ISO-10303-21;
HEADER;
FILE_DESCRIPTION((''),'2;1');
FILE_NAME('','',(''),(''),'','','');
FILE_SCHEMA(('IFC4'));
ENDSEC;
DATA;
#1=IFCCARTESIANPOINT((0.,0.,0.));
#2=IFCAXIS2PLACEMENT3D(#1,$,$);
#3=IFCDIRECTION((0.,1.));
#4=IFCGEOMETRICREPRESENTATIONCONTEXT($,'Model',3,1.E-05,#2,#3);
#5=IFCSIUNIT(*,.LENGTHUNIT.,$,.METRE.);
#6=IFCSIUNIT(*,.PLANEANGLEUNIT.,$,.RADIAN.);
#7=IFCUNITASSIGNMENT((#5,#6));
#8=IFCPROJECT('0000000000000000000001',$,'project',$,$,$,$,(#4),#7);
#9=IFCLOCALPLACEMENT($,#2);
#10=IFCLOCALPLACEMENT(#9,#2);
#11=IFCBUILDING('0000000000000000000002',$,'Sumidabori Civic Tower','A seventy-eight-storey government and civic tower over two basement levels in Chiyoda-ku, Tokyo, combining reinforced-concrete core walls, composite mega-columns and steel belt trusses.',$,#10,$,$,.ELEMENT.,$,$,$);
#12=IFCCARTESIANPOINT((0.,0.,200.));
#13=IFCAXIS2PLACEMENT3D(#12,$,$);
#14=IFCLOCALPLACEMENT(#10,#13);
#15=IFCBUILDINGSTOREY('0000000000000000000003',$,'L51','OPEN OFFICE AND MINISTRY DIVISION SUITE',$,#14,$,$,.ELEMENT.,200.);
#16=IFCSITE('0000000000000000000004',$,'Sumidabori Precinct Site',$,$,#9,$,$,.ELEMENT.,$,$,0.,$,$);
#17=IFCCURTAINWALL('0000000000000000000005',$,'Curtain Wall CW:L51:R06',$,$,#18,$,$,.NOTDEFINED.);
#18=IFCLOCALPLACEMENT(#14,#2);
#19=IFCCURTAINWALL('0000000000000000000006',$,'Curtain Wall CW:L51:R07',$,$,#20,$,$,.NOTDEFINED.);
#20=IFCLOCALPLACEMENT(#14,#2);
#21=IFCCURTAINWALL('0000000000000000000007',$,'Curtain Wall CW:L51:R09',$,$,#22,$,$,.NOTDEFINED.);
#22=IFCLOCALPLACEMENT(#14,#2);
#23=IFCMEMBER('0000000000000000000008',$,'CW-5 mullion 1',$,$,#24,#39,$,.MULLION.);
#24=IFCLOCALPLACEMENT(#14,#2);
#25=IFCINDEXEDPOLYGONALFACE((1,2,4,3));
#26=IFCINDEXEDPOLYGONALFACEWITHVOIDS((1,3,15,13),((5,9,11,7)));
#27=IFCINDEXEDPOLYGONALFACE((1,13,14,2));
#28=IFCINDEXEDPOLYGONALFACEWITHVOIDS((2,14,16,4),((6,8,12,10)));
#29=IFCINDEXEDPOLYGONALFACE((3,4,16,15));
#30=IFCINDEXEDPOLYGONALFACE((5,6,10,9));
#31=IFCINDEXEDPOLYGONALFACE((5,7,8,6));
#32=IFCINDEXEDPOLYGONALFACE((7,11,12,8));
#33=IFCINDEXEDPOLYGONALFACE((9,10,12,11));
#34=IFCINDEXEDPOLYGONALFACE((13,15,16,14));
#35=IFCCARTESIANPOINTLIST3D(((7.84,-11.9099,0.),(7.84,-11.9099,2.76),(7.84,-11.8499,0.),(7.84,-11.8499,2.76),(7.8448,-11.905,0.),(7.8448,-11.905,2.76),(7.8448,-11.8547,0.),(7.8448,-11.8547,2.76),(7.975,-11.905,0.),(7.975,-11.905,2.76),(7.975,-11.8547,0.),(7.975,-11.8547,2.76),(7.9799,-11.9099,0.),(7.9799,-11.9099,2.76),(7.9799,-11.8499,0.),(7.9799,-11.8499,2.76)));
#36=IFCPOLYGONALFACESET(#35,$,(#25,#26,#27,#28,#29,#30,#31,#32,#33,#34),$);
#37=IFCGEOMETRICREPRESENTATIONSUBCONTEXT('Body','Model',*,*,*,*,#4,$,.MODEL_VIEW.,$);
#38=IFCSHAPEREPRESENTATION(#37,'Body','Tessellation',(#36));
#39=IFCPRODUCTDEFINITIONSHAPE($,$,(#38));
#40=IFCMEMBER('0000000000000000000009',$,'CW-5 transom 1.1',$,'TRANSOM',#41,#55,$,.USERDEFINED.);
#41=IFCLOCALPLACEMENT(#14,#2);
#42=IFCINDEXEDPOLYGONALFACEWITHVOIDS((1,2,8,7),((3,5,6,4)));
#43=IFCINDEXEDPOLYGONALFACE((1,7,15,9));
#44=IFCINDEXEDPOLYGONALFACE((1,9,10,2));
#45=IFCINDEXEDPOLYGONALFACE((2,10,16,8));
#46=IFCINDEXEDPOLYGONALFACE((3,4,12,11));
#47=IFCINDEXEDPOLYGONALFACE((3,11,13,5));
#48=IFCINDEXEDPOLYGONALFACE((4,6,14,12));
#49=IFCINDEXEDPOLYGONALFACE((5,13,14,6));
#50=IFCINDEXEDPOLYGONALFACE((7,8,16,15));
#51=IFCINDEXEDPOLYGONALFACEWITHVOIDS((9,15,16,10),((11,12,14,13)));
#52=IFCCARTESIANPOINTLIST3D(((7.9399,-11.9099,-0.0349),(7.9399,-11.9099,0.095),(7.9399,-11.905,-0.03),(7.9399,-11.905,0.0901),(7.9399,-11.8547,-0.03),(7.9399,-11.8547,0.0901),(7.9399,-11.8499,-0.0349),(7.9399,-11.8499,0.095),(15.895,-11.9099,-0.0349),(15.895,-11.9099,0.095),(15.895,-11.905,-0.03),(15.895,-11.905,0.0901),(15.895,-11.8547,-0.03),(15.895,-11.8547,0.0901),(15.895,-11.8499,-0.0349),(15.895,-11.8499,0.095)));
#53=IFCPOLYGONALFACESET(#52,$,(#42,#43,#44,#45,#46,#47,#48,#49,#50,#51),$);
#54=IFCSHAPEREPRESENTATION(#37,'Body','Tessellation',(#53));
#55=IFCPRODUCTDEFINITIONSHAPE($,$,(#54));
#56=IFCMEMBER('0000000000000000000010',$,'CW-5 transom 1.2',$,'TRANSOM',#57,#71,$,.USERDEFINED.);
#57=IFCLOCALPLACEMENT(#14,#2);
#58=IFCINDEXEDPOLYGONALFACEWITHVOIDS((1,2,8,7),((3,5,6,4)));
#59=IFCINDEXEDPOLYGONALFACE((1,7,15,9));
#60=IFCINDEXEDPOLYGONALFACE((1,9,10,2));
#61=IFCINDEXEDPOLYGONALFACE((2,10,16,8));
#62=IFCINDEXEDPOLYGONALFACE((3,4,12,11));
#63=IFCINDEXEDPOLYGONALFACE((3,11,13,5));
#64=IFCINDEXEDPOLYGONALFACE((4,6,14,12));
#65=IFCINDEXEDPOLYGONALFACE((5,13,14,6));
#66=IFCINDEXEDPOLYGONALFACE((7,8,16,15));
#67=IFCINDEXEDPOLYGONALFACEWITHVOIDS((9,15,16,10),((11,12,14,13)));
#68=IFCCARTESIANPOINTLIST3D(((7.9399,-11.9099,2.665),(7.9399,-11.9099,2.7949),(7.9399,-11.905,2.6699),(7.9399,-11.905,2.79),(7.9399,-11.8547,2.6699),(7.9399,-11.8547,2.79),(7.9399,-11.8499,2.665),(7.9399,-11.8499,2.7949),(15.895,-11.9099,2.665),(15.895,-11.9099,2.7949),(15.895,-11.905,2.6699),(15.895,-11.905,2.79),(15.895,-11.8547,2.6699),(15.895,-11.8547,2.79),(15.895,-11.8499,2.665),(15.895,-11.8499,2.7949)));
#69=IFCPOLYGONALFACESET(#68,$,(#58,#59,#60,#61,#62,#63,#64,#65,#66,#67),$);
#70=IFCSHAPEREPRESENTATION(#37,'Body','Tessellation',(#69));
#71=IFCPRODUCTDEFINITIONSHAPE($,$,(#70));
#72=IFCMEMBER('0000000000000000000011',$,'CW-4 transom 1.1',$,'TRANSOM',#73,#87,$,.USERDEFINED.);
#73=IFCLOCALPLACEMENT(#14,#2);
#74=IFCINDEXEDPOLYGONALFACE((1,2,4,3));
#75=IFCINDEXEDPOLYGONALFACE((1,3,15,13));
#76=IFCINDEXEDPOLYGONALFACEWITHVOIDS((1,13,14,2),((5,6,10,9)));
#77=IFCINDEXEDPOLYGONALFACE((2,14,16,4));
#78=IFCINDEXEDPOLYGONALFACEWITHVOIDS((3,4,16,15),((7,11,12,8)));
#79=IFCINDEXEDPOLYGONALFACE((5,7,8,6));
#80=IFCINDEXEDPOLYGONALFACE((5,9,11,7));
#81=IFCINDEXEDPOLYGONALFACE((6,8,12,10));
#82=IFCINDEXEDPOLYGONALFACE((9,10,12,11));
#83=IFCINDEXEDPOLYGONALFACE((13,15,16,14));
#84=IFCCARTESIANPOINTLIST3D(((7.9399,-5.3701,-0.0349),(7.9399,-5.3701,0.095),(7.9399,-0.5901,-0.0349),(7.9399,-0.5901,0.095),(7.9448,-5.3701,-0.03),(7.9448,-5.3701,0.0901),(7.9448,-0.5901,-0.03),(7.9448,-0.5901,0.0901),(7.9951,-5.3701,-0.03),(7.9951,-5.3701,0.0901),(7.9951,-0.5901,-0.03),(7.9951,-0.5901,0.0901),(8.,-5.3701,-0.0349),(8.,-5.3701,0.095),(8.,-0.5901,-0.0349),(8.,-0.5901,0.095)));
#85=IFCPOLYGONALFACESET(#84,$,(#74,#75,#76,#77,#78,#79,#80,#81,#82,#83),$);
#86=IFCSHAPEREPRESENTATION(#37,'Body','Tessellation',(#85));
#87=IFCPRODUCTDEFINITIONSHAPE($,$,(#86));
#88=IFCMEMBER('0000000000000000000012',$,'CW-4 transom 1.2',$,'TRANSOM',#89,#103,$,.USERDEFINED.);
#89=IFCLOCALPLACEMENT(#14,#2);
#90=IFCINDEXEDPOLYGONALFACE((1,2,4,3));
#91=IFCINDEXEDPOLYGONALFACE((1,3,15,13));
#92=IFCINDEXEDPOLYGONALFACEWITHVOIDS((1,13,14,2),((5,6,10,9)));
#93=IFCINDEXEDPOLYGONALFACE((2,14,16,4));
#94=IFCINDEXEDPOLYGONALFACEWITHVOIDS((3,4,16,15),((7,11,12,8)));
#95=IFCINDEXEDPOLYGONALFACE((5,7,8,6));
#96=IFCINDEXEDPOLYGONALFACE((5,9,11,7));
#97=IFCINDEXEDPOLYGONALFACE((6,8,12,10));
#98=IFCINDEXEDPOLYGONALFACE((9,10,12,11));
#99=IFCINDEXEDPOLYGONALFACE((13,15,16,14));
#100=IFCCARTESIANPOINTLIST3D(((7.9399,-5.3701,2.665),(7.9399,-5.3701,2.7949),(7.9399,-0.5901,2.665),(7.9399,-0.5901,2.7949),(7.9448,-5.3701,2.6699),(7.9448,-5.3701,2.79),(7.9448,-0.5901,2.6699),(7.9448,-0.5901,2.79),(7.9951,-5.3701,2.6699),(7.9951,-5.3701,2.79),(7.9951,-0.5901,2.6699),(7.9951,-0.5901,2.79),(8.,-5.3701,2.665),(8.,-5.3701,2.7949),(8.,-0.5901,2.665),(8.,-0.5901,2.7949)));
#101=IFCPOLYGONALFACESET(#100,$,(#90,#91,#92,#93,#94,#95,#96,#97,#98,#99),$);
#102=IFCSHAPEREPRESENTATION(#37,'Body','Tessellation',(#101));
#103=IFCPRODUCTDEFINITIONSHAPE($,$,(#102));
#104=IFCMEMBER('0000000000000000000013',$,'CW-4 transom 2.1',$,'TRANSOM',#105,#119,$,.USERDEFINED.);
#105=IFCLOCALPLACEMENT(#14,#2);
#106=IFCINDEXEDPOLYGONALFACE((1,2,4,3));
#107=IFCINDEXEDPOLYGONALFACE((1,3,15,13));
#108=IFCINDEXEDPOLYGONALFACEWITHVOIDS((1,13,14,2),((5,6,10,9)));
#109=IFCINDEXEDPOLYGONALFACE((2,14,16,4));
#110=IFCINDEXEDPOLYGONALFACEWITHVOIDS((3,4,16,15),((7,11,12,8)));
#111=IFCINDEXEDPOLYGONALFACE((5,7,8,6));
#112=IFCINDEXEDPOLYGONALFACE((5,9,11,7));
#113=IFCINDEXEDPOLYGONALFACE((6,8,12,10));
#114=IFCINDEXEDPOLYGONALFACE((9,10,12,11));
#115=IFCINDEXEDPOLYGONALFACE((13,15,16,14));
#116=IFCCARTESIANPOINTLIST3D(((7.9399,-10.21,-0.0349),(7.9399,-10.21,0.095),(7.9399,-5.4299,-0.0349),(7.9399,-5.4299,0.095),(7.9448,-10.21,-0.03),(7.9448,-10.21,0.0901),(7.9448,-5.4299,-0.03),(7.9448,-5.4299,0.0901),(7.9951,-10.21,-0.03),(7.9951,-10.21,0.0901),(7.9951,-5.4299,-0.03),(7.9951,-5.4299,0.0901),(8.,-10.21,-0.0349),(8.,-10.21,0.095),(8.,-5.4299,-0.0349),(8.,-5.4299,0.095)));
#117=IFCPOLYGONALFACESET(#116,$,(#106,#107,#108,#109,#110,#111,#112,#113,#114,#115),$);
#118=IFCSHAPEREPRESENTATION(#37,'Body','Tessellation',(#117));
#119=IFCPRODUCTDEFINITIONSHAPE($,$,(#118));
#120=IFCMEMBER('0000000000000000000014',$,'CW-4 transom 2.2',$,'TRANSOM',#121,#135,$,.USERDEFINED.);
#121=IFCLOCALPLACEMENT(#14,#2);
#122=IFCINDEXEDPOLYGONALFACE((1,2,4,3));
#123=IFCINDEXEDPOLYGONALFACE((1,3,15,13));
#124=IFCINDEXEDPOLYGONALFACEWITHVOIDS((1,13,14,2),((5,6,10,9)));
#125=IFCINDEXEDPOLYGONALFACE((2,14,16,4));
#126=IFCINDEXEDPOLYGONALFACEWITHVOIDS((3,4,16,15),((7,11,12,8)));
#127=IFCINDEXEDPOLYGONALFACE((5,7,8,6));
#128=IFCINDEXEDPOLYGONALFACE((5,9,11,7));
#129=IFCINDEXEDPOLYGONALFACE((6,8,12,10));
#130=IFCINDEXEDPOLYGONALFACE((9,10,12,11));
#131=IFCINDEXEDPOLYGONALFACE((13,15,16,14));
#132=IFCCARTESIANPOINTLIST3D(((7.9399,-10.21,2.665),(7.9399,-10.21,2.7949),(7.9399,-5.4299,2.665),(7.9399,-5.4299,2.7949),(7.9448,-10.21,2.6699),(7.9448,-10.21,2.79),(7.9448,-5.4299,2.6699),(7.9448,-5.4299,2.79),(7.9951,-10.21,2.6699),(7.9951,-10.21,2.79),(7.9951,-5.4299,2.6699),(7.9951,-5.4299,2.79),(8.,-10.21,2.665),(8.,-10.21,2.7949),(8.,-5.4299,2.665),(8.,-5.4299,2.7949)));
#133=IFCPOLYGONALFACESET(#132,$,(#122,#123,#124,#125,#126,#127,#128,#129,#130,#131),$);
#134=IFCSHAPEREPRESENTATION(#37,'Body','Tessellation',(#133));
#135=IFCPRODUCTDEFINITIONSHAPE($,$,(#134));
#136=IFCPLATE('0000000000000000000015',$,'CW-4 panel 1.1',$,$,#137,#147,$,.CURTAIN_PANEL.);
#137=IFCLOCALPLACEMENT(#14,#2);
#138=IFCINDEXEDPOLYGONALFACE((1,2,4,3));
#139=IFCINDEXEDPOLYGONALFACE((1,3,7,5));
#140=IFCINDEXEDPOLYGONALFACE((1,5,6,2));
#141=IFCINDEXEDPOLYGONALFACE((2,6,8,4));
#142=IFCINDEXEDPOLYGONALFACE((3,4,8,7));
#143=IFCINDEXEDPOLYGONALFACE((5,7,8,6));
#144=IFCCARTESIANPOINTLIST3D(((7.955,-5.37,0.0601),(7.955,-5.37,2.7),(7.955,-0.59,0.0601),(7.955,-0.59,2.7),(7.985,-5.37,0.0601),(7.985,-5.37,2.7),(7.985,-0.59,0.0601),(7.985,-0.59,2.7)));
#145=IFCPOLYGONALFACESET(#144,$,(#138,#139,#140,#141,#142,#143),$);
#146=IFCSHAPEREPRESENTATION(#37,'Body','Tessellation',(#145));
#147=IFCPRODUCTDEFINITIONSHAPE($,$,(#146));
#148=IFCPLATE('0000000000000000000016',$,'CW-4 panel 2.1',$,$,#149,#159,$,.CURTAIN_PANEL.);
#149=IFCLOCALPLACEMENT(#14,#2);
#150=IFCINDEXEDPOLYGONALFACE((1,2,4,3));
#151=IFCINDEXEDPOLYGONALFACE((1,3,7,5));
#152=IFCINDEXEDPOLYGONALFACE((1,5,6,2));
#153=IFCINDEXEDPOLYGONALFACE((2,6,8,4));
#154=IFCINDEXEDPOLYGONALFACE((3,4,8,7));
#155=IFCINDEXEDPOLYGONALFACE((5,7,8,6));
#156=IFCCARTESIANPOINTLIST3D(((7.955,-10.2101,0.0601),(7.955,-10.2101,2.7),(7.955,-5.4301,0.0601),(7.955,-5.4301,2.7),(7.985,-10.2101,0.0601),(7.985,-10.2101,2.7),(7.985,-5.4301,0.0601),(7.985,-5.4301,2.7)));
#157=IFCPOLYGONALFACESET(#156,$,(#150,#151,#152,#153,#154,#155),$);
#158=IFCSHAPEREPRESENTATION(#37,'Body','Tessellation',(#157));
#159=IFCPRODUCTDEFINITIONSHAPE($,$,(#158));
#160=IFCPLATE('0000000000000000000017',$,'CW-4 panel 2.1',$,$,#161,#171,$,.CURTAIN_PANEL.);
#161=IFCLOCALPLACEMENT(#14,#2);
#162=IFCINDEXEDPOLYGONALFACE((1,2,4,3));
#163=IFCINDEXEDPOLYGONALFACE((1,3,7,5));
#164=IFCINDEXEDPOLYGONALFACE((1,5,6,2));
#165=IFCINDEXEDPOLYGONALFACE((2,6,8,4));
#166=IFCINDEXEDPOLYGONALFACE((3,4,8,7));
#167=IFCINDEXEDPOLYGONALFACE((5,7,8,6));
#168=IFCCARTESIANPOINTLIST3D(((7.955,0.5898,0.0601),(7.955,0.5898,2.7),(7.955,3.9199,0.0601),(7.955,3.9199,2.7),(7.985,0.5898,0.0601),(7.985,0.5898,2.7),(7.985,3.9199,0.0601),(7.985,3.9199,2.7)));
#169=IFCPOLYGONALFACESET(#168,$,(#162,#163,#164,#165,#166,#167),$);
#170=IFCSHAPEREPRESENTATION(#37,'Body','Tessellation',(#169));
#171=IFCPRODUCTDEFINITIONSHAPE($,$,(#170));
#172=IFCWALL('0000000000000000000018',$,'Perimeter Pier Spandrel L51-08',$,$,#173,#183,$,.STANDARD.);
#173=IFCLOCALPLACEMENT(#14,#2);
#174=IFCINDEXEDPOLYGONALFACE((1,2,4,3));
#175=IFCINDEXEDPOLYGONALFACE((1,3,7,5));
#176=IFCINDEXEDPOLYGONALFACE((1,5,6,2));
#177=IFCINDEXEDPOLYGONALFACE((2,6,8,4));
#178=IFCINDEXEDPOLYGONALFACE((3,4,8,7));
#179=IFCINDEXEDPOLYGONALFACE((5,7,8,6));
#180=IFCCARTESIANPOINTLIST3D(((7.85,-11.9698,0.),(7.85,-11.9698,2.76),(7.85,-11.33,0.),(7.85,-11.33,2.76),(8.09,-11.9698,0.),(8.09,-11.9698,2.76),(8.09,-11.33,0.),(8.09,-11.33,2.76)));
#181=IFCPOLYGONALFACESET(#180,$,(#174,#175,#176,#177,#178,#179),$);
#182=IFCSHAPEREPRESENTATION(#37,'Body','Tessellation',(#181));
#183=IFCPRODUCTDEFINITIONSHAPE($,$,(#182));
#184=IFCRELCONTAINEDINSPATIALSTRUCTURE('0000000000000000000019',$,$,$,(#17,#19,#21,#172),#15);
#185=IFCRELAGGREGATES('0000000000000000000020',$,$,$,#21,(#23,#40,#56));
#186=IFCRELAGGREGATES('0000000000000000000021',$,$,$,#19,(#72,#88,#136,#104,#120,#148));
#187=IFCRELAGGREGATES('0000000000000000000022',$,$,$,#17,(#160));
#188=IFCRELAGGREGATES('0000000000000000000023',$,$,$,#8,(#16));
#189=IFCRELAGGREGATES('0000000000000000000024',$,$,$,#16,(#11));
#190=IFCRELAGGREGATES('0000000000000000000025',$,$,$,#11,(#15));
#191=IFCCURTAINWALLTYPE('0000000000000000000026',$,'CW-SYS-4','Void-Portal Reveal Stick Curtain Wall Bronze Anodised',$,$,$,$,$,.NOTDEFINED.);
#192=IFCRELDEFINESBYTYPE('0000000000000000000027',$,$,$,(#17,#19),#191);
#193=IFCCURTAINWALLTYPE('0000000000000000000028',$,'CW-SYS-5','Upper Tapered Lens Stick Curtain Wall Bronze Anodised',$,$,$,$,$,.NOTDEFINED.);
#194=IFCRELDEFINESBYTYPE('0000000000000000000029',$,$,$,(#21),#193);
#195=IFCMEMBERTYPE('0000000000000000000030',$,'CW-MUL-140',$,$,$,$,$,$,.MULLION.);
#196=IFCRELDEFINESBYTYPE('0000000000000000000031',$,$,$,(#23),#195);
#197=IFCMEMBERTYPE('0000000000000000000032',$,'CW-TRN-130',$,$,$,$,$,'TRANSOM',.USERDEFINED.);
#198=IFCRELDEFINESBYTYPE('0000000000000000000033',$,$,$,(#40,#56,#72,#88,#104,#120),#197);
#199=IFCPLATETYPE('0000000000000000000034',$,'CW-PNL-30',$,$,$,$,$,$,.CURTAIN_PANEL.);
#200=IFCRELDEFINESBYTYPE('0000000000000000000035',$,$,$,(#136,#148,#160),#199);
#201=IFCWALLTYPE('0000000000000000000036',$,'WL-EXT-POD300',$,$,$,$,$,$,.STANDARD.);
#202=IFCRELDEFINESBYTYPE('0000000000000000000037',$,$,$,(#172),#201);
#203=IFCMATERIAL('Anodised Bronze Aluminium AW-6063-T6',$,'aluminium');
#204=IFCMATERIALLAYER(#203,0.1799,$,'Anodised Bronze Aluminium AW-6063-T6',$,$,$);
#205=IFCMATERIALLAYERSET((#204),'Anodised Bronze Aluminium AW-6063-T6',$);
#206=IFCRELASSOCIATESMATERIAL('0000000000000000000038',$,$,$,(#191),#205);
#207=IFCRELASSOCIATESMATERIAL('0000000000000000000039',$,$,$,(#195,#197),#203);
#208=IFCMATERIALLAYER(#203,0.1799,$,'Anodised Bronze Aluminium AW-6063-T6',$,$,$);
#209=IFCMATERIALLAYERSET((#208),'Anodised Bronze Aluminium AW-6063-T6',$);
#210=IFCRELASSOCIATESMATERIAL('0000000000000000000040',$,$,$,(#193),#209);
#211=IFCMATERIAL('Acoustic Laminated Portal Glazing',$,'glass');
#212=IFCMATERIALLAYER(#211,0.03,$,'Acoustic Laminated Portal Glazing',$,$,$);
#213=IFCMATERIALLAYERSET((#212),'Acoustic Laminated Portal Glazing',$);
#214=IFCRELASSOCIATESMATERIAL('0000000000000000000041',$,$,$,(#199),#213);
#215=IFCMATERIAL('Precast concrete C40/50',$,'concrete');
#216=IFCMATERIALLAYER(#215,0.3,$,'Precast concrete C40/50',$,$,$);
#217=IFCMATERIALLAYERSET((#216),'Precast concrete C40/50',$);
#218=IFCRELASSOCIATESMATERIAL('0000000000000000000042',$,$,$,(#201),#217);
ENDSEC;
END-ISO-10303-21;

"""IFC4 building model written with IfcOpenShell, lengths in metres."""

from ifc_helpers import new_model, si_unit, direction, frame, frame_2d, origin, origin_2d, place, context, subcontext, project, spatial, rectangle, hollow_rectangle, extrude, source, transform, mapped, material, layer, layer_set, material_profile, profile_set, type_object, element, aggregate, save


model = new_model("IFC4")

# Units and contexts
model_context = context("Model", 3, precision=1e-05, world=origin(), true_north=direction((0.0, 1.0)))
body_context = subcontext(model_context, "Body", "Model", "MODEL_VIEW")
ifc_project = project(units=[si_unit("LENGTHUNIT", "METRE"), si_unit("PLANEANGLEUNIT", "RADIAN")], contexts=[model_context])

# Site, building, storey
site_placement = place(None, origin())
site = spatial("IfcSite", under=ifc_project, at=site_placement, Name="Sumidabori Precinct Site", CompositionType="ELEMENT", RefElevation=0.0)
building_placement = place(site_placement, origin())
building = spatial("IfcBuilding", under=site, at=building_placement, Name="Sumidabori Civic Tower", Description="A seventy-eight-storey government and civic tower over two basement levels in Chiyoda-ku, Tokyo, combining reinforced-concrete core walls, composite mega-columns and steel belt trusses.", CompositionType="ELEMENT")
storey_placement = place(building_placement, frame((0.0, 0.0, 200.0)))
storey = spatial("IfcBuildingStorey", under=building, at=storey_placement, Name="L51", Description="OPEN OFFICE AND MINISTRY DIVISION SUITE", CompositionType="ELEMENT", Elevation=200.0)

# Curtain wall
ifc_material_1 = material(Name="Anodised Bronze Aluminium AW-6063-T6", Category="aluminium")
ifc_layer_1 = layer(ifc_material_1, 0.1799, Name="Anodised Bronze Aluminium AW-6063-T6")
ifc_layer_set_1 = layer_set([ifc_layer_1], Name="Anodised Bronze Aluminium AW-6063-T6")
curtain_wall_type_1 = type_object("IfcCurtainWallType", Name="CW-SYS-4", Description="Void-Portal Reveal Stick Curtain Wall Bronze Anodised", PredefinedType="NOTDEFINED", material=ifc_layer_set_1)
curtain_wall_1_placement = place(storey_placement, origin())
curtain_wall_1 = element("IfcCurtainWall", 1, at=curtain_wall_1_placement, inside=storey, type_object=curtain_wall_type_1, Name="Curtain Wall CW:L51:R06", PredefinedType="NOTDEFINED")
ifc_material_profile_1 = material_profile(ifc_material_1, hollow_rectangle(XDim=0.0601, YDim=0.1399, WallThickness=0.0049, at=origin_2d()), Name="ALU MULLION 140x60")
ifc_profile_set_1 = profile_set([ifc_material_profile_1], Name="Anodised Bronze Aluminium AW-6063-T6")
member_type_1 = type_object("IfcMemberType", Name="CW-MUL-140", PredefinedType="MULLION", material=ifc_profile_set_1)
shared_shape_1 = source(origin(), body_context, "Body", "SweptSolid", [
    extrude(hollow_rectangle(XDim=0.0601, YDim=0.1399, WallThickness=0.0049, at=origin_2d()), origin(), (0.0, 0.0, 1.0), 2.76),
])

# Curtain walls, members
curtain_wall_2_placement = place(storey_placement, origin())
curtain_wall_2 = element("IfcCurtainWall", 2, at=curtain_wall_2_placement, inside=storey, type_object=curtain_wall_type_1, Name="Curtain Wall CW:L51:R07", PredefinedType="NOTDEFINED")
ifc_layer_2 = layer(ifc_material_1, 0.1799, Name="Anodised Bronze Aluminium AW-6063-T6")
ifc_layer_set_2 = layer_set([ifc_layer_2], Name="Anodised Bronze Aluminium AW-6063-T6")
curtain_wall_type_2 = type_object("IfcCurtainWallType", Name="CW-SYS-5", Description="Upper Tapered Lens Stick Curtain Wall Bronze Anodised", PredefinedType="NOTDEFINED", material=ifc_layer_set_2)
curtain_wall_3_placement = place(storey_placement, origin())
curtain_wall_3 = element("IfcCurtainWall", 3, at=curtain_wall_3_placement, inside=storey, type_object=curtain_wall_type_2, Name="Curtain Wall CW:L51:R09", PredefinedType="NOTDEFINED")
member_1_placement = place(storey_placement, frame((7.9099, -11.8799, 0.0), z_axis=(0.0, 0.0, 1.0), x_axis=(0.0, 1.0, 0.0)))
member_1 = element("IfcMember", 4, at=member_1_placement, type_object=member_type_1, Name="CW-5 mullion 1", PredefinedType="MULLION", context=body_context, shape_type="MappedRepresentation", body=[
    mapped(shared_shape_1, transform((0.0, 0.0, 0.0), x_axis=(1.0, 0.0, 0.0), y_axis=(0.0, 1.0, 0.0), z_axis=(0.0, 0.0, 1.0), scale=1.0)),
])
ifc_material_profile_2 = material_profile(ifc_material_1, hollow_rectangle(XDim=0.0601, YDim=0.1299, WallThickness=0.0049, at=origin_2d()), Name="ALU TRANSOM 130x60")
ifc_profile_set_2 = profile_set([ifc_material_profile_2], Name="Anodised Bronze Aluminium AW-6063-T6")
member_type_2 = type_object("IfcMemberType", Name="CW-TRN-130", ElementType="TRANSOM", PredefinedType="USERDEFINED", material=ifc_profile_set_2)
shared_shape_2 = source(origin(), body_context, "Body", "SweptSolid", [
    extrude(hollow_rectangle(XDim=0.0601, YDim=0.1299, WallThickness=0.0049, at=origin_2d()), origin(), (0.0, 0.0, 1.0), 7.9551),
])
member_2_placement = place(storey_placement, frame((7.9399, -11.8799, 0.03), z_axis=(1.0, 0.0, 0.0), x_axis=(0.0, 1.0, 0.0)))
member_2 = element("IfcMember", 5, at=member_2_placement, type_object=member_type_2, Name="CW-5 transom 1.1", ObjectType="TRANSOM", PredefinedType="USERDEFINED", context=body_context, shape_type="MappedRepresentation", body=[
    mapped(shared_shape_2, transform((0.0, 0.0, 0.0), x_axis=(1.0, 0.0, 0.0), y_axis=(0.0, 1.0, 0.0), z_axis=(0.0, 0.0, 1.0), scale=1.0)),
])
member_3_placement = place(storey_placement, frame((7.9399, -11.8799, 2.73), z_axis=(1.0, 0.0, 0.0), x_axis=(0.0, 1.0, 0.0)))
member_3 = element("IfcMember", 6, at=member_3_placement, type_object=member_type_2, Name="CW-5 transom 1.2", ObjectType="TRANSOM", PredefinedType="USERDEFINED", context=body_context, shape_type="MappedRepresentation", body=[
    mapped(shared_shape_2, transform((0.0, 0.0, 0.0), x_axis=(1.0, 0.0, 0.0), y_axis=(0.0, 1.0, 0.0), z_axis=(0.0, 0.0, 1.0), scale=1.0)),
])
aggregate(curtain_wall_3, [member_1, member_2, member_3])

# Members
shared_shape_3 = source(origin(), body_context, "Body", "SweptSolid", [
    extrude(hollow_rectangle(XDim=0.0601, YDim=0.1299, WallThickness=0.0049, at=origin_2d()), origin(), (0.0, 0.0, 1.0), 4.78),
])
member_4_placement = place(storey_placement, frame((7.97, -0.5901, 0.03), z_axis=(0.0, -1.0, 0.0), x_axis=(1.0, 0.0, 0.0)))
member_4 = element("IfcMember", 7, at=member_4_placement, type_object=member_type_2, Name="CW-4 transom 1.1", ObjectType="TRANSOM", PredefinedType="USERDEFINED", context=body_context, shape_type="MappedRepresentation", body=[
    mapped(shared_shape_3, transform((0.0, 0.0, 0.0), x_axis=(1.0, 0.0, 0.0), y_axis=(0.0, 1.0, 0.0), z_axis=(0.0, 0.0, 1.0), scale=1.0)),
])
member_5_placement = place(storey_placement, frame((7.97, -0.5901, 2.73), z_axis=(0.0, -1.0, 0.0), x_axis=(1.0, 0.0, 0.0)))
member_5 = element("IfcMember", 8, at=member_5_placement, type_object=member_type_2, Name="CW-4 transom 1.2", ObjectType="TRANSOM", PredefinedType="USERDEFINED", context=body_context, shape_type="MappedRepresentation", body=[
    mapped(shared_shape_3, transform((0.0, 0.0, 0.0), x_axis=(1.0, 0.0, 0.0), y_axis=(0.0, 1.0, 0.0), z_axis=(0.0, 0.0, 1.0), scale=1.0)),
])
member_6_placement = place(storey_placement, frame((7.97, -5.4299, 0.03), z_axis=(0.0, -1.0, 0.0), x_axis=(1.0, 0.0, 0.0)))
member_6 = element("IfcMember", 9, at=member_6_placement, type_object=member_type_2, Name="CW-4 transom 2.1", ObjectType="TRANSOM", PredefinedType="USERDEFINED", context=body_context, shape_type="MappedRepresentation", body=[
    mapped(shared_shape_3, transform((0.0, 0.0, 0.0), x_axis=(1.0, 0.0, 0.0), y_axis=(0.0, 1.0, 0.0), z_axis=(0.0, 0.0, 1.0), scale=1.0)),
])
member_7_placement = place(storey_placement, frame((7.97, -5.4299, 2.73), z_axis=(0.0, -1.0, 0.0), x_axis=(1.0, 0.0, 0.0)))
member_7 = element("IfcMember", 10, at=member_7_placement, type_object=member_type_2, Name="CW-4 transom 2.2", ObjectType="TRANSOM", PredefinedType="USERDEFINED", context=body_context, shape_type="MappedRepresentation", body=[
    mapped(shared_shape_3, transform((0.0, 0.0, 0.0), x_axis=(1.0, 0.0, 0.0), y_axis=(0.0, 1.0, 0.0), z_axis=(0.0, 0.0, 1.0), scale=1.0)),
])

# Plates
ifc_material_2 = material(Name="Acoustic Laminated Portal Glazing", Category="glass")
ifc_layer_3 = layer(ifc_material_2, 0.03, Name="Acoustic Laminated Portal Glazing")
ifc_layer_set_3 = layer_set([ifc_layer_3], Name="Acoustic Laminated Portal Glazing")
plate_type = type_object("IfcPlateType", Name="CW-PNL-30", PredefinedType="CURTAIN_PANEL", material=ifc_layer_set_3)
shared_shape_4 = source(origin(), body_context, "Body", "SweptSolid", [
    extrude(rectangle(XDim=4.78, YDim=0.03, at=origin_2d()), origin(), (0.0, 0.0, 1.0), 2.6399),
])
plate_1_placement = place(storey_placement, frame((7.97, -2.98, 0.0601), z_axis=(0.0, 0.0, 1.0), x_axis=(0.0, -1.0, 0.0)))
plate_1 = element("IfcPlate", 11, at=plate_1_placement, type_object=plate_type, Name="CW-4 panel 1.1", PredefinedType="CURTAIN_PANEL", context=body_context, shape_type="MappedRepresentation", body=[
    mapped(shared_shape_4, transform((0.0, 0.0, 0.0), x_axis=(1.0, 0.0, 0.0), y_axis=(0.0, 1.0, 0.0), z_axis=(0.0, 0.0, 1.0), scale=1.0)),
])
plate_2_placement = place(storey_placement, frame((7.97, -7.8201, 0.0601), z_axis=(0.0, 0.0, 1.0), x_axis=(0.0, -1.0, 0.0)))
plate_2 = element("IfcPlate", 12, at=plate_2_placement, type_object=plate_type, Name="CW-4 panel 2.1", PredefinedType="CURTAIN_PANEL", context=body_context, shape_type="MappedRepresentation", body=[
    mapped(shared_shape_4, transform((0.0, 0.0, 0.0), x_axis=(1.0, 0.0, 0.0), y_axis=(0.0, 1.0, 0.0), z_axis=(0.0, 0.0, 1.0), scale=1.0)),
])
aggregate(curtain_wall_2, [member_4, member_5, plate_1, member_6, member_7, plate_2])
shared_shape_5 = source(origin(), body_context, "Body", "SweptSolid", [
    extrude(rectangle(XDim=3.3301, YDim=0.03, at=origin_2d()), origin(), (0.0, 0.0, 1.0), 2.6399),
])
plate_3_placement = place(storey_placement, frame((7.97, 2.2549, 0.0601), z_axis=(0.0, 0.0, 1.0), x_axis=(0.0, -1.0, 0.0)))
plate_3 = element("IfcPlate", 13, at=plate_3_placement, type_object=plate_type, Name="CW-4 panel 2.1", PredefinedType="CURTAIN_PANEL", context=body_context, shape_type="MappedRepresentation", body=[
    mapped(shared_shape_5, transform((0.0, 0.0, 0.0), x_axis=(1.0, 0.0, 0.0), y_axis=(0.0, 1.0, 0.0), z_axis=(0.0, 0.0, 1.0), scale=1.0)),
])
aggregate(curtain_wall_1, [plate_3])

# Wall
ifc_material_3 = material(Name="Precast concrete C40/50", Category="concrete")
ifc_layer_4 = layer(ifc_material_3, 0.3, Name="Precast concrete C40/50")
ifc_layer_set_4 = layer_set([ifc_layer_4], Name="Precast concrete C40/50")
wall_type_1 = type_object("IfcWallType", Name="WL-EXT-POD300", PredefinedType="STANDARD", material=ifc_layer_set_4)
shared_shape_6 = source(origin(), body_context, "Body", "SweptSolid", [
    extrude(rectangle(XDim=0.6399, YDim=0.24, at=frame_2d((0.3198, 0.0))), origin(), (0.0, 0.0, 1.0), 2.76),
])
wall_1_placement = place(storey_placement, frame((7.97, -11.3301, 0.0), z_axis=(0.0, 0.0, 1.0), x_axis=(0.0, -1.0, 0.0)))
element("IfcWall", 14, at=wall_1_placement, inside=storey, type_object=wall_type_1, Name="Perimeter Pier Spandrel L51-08", PredefinedType="STANDARD", context=body_context, shape_type="MappedRepresentation", body=[
    mapped(shared_shape_6, transform((0.0, 0.0, 0.0), x_axis=(1.0, 0.0, 0.0), y_axis=(0.0, 1.0, 0.0), z_axis=(0.0, 0.0, 1.0), scale=1.0)),
])

save(model, "model.ifc")
